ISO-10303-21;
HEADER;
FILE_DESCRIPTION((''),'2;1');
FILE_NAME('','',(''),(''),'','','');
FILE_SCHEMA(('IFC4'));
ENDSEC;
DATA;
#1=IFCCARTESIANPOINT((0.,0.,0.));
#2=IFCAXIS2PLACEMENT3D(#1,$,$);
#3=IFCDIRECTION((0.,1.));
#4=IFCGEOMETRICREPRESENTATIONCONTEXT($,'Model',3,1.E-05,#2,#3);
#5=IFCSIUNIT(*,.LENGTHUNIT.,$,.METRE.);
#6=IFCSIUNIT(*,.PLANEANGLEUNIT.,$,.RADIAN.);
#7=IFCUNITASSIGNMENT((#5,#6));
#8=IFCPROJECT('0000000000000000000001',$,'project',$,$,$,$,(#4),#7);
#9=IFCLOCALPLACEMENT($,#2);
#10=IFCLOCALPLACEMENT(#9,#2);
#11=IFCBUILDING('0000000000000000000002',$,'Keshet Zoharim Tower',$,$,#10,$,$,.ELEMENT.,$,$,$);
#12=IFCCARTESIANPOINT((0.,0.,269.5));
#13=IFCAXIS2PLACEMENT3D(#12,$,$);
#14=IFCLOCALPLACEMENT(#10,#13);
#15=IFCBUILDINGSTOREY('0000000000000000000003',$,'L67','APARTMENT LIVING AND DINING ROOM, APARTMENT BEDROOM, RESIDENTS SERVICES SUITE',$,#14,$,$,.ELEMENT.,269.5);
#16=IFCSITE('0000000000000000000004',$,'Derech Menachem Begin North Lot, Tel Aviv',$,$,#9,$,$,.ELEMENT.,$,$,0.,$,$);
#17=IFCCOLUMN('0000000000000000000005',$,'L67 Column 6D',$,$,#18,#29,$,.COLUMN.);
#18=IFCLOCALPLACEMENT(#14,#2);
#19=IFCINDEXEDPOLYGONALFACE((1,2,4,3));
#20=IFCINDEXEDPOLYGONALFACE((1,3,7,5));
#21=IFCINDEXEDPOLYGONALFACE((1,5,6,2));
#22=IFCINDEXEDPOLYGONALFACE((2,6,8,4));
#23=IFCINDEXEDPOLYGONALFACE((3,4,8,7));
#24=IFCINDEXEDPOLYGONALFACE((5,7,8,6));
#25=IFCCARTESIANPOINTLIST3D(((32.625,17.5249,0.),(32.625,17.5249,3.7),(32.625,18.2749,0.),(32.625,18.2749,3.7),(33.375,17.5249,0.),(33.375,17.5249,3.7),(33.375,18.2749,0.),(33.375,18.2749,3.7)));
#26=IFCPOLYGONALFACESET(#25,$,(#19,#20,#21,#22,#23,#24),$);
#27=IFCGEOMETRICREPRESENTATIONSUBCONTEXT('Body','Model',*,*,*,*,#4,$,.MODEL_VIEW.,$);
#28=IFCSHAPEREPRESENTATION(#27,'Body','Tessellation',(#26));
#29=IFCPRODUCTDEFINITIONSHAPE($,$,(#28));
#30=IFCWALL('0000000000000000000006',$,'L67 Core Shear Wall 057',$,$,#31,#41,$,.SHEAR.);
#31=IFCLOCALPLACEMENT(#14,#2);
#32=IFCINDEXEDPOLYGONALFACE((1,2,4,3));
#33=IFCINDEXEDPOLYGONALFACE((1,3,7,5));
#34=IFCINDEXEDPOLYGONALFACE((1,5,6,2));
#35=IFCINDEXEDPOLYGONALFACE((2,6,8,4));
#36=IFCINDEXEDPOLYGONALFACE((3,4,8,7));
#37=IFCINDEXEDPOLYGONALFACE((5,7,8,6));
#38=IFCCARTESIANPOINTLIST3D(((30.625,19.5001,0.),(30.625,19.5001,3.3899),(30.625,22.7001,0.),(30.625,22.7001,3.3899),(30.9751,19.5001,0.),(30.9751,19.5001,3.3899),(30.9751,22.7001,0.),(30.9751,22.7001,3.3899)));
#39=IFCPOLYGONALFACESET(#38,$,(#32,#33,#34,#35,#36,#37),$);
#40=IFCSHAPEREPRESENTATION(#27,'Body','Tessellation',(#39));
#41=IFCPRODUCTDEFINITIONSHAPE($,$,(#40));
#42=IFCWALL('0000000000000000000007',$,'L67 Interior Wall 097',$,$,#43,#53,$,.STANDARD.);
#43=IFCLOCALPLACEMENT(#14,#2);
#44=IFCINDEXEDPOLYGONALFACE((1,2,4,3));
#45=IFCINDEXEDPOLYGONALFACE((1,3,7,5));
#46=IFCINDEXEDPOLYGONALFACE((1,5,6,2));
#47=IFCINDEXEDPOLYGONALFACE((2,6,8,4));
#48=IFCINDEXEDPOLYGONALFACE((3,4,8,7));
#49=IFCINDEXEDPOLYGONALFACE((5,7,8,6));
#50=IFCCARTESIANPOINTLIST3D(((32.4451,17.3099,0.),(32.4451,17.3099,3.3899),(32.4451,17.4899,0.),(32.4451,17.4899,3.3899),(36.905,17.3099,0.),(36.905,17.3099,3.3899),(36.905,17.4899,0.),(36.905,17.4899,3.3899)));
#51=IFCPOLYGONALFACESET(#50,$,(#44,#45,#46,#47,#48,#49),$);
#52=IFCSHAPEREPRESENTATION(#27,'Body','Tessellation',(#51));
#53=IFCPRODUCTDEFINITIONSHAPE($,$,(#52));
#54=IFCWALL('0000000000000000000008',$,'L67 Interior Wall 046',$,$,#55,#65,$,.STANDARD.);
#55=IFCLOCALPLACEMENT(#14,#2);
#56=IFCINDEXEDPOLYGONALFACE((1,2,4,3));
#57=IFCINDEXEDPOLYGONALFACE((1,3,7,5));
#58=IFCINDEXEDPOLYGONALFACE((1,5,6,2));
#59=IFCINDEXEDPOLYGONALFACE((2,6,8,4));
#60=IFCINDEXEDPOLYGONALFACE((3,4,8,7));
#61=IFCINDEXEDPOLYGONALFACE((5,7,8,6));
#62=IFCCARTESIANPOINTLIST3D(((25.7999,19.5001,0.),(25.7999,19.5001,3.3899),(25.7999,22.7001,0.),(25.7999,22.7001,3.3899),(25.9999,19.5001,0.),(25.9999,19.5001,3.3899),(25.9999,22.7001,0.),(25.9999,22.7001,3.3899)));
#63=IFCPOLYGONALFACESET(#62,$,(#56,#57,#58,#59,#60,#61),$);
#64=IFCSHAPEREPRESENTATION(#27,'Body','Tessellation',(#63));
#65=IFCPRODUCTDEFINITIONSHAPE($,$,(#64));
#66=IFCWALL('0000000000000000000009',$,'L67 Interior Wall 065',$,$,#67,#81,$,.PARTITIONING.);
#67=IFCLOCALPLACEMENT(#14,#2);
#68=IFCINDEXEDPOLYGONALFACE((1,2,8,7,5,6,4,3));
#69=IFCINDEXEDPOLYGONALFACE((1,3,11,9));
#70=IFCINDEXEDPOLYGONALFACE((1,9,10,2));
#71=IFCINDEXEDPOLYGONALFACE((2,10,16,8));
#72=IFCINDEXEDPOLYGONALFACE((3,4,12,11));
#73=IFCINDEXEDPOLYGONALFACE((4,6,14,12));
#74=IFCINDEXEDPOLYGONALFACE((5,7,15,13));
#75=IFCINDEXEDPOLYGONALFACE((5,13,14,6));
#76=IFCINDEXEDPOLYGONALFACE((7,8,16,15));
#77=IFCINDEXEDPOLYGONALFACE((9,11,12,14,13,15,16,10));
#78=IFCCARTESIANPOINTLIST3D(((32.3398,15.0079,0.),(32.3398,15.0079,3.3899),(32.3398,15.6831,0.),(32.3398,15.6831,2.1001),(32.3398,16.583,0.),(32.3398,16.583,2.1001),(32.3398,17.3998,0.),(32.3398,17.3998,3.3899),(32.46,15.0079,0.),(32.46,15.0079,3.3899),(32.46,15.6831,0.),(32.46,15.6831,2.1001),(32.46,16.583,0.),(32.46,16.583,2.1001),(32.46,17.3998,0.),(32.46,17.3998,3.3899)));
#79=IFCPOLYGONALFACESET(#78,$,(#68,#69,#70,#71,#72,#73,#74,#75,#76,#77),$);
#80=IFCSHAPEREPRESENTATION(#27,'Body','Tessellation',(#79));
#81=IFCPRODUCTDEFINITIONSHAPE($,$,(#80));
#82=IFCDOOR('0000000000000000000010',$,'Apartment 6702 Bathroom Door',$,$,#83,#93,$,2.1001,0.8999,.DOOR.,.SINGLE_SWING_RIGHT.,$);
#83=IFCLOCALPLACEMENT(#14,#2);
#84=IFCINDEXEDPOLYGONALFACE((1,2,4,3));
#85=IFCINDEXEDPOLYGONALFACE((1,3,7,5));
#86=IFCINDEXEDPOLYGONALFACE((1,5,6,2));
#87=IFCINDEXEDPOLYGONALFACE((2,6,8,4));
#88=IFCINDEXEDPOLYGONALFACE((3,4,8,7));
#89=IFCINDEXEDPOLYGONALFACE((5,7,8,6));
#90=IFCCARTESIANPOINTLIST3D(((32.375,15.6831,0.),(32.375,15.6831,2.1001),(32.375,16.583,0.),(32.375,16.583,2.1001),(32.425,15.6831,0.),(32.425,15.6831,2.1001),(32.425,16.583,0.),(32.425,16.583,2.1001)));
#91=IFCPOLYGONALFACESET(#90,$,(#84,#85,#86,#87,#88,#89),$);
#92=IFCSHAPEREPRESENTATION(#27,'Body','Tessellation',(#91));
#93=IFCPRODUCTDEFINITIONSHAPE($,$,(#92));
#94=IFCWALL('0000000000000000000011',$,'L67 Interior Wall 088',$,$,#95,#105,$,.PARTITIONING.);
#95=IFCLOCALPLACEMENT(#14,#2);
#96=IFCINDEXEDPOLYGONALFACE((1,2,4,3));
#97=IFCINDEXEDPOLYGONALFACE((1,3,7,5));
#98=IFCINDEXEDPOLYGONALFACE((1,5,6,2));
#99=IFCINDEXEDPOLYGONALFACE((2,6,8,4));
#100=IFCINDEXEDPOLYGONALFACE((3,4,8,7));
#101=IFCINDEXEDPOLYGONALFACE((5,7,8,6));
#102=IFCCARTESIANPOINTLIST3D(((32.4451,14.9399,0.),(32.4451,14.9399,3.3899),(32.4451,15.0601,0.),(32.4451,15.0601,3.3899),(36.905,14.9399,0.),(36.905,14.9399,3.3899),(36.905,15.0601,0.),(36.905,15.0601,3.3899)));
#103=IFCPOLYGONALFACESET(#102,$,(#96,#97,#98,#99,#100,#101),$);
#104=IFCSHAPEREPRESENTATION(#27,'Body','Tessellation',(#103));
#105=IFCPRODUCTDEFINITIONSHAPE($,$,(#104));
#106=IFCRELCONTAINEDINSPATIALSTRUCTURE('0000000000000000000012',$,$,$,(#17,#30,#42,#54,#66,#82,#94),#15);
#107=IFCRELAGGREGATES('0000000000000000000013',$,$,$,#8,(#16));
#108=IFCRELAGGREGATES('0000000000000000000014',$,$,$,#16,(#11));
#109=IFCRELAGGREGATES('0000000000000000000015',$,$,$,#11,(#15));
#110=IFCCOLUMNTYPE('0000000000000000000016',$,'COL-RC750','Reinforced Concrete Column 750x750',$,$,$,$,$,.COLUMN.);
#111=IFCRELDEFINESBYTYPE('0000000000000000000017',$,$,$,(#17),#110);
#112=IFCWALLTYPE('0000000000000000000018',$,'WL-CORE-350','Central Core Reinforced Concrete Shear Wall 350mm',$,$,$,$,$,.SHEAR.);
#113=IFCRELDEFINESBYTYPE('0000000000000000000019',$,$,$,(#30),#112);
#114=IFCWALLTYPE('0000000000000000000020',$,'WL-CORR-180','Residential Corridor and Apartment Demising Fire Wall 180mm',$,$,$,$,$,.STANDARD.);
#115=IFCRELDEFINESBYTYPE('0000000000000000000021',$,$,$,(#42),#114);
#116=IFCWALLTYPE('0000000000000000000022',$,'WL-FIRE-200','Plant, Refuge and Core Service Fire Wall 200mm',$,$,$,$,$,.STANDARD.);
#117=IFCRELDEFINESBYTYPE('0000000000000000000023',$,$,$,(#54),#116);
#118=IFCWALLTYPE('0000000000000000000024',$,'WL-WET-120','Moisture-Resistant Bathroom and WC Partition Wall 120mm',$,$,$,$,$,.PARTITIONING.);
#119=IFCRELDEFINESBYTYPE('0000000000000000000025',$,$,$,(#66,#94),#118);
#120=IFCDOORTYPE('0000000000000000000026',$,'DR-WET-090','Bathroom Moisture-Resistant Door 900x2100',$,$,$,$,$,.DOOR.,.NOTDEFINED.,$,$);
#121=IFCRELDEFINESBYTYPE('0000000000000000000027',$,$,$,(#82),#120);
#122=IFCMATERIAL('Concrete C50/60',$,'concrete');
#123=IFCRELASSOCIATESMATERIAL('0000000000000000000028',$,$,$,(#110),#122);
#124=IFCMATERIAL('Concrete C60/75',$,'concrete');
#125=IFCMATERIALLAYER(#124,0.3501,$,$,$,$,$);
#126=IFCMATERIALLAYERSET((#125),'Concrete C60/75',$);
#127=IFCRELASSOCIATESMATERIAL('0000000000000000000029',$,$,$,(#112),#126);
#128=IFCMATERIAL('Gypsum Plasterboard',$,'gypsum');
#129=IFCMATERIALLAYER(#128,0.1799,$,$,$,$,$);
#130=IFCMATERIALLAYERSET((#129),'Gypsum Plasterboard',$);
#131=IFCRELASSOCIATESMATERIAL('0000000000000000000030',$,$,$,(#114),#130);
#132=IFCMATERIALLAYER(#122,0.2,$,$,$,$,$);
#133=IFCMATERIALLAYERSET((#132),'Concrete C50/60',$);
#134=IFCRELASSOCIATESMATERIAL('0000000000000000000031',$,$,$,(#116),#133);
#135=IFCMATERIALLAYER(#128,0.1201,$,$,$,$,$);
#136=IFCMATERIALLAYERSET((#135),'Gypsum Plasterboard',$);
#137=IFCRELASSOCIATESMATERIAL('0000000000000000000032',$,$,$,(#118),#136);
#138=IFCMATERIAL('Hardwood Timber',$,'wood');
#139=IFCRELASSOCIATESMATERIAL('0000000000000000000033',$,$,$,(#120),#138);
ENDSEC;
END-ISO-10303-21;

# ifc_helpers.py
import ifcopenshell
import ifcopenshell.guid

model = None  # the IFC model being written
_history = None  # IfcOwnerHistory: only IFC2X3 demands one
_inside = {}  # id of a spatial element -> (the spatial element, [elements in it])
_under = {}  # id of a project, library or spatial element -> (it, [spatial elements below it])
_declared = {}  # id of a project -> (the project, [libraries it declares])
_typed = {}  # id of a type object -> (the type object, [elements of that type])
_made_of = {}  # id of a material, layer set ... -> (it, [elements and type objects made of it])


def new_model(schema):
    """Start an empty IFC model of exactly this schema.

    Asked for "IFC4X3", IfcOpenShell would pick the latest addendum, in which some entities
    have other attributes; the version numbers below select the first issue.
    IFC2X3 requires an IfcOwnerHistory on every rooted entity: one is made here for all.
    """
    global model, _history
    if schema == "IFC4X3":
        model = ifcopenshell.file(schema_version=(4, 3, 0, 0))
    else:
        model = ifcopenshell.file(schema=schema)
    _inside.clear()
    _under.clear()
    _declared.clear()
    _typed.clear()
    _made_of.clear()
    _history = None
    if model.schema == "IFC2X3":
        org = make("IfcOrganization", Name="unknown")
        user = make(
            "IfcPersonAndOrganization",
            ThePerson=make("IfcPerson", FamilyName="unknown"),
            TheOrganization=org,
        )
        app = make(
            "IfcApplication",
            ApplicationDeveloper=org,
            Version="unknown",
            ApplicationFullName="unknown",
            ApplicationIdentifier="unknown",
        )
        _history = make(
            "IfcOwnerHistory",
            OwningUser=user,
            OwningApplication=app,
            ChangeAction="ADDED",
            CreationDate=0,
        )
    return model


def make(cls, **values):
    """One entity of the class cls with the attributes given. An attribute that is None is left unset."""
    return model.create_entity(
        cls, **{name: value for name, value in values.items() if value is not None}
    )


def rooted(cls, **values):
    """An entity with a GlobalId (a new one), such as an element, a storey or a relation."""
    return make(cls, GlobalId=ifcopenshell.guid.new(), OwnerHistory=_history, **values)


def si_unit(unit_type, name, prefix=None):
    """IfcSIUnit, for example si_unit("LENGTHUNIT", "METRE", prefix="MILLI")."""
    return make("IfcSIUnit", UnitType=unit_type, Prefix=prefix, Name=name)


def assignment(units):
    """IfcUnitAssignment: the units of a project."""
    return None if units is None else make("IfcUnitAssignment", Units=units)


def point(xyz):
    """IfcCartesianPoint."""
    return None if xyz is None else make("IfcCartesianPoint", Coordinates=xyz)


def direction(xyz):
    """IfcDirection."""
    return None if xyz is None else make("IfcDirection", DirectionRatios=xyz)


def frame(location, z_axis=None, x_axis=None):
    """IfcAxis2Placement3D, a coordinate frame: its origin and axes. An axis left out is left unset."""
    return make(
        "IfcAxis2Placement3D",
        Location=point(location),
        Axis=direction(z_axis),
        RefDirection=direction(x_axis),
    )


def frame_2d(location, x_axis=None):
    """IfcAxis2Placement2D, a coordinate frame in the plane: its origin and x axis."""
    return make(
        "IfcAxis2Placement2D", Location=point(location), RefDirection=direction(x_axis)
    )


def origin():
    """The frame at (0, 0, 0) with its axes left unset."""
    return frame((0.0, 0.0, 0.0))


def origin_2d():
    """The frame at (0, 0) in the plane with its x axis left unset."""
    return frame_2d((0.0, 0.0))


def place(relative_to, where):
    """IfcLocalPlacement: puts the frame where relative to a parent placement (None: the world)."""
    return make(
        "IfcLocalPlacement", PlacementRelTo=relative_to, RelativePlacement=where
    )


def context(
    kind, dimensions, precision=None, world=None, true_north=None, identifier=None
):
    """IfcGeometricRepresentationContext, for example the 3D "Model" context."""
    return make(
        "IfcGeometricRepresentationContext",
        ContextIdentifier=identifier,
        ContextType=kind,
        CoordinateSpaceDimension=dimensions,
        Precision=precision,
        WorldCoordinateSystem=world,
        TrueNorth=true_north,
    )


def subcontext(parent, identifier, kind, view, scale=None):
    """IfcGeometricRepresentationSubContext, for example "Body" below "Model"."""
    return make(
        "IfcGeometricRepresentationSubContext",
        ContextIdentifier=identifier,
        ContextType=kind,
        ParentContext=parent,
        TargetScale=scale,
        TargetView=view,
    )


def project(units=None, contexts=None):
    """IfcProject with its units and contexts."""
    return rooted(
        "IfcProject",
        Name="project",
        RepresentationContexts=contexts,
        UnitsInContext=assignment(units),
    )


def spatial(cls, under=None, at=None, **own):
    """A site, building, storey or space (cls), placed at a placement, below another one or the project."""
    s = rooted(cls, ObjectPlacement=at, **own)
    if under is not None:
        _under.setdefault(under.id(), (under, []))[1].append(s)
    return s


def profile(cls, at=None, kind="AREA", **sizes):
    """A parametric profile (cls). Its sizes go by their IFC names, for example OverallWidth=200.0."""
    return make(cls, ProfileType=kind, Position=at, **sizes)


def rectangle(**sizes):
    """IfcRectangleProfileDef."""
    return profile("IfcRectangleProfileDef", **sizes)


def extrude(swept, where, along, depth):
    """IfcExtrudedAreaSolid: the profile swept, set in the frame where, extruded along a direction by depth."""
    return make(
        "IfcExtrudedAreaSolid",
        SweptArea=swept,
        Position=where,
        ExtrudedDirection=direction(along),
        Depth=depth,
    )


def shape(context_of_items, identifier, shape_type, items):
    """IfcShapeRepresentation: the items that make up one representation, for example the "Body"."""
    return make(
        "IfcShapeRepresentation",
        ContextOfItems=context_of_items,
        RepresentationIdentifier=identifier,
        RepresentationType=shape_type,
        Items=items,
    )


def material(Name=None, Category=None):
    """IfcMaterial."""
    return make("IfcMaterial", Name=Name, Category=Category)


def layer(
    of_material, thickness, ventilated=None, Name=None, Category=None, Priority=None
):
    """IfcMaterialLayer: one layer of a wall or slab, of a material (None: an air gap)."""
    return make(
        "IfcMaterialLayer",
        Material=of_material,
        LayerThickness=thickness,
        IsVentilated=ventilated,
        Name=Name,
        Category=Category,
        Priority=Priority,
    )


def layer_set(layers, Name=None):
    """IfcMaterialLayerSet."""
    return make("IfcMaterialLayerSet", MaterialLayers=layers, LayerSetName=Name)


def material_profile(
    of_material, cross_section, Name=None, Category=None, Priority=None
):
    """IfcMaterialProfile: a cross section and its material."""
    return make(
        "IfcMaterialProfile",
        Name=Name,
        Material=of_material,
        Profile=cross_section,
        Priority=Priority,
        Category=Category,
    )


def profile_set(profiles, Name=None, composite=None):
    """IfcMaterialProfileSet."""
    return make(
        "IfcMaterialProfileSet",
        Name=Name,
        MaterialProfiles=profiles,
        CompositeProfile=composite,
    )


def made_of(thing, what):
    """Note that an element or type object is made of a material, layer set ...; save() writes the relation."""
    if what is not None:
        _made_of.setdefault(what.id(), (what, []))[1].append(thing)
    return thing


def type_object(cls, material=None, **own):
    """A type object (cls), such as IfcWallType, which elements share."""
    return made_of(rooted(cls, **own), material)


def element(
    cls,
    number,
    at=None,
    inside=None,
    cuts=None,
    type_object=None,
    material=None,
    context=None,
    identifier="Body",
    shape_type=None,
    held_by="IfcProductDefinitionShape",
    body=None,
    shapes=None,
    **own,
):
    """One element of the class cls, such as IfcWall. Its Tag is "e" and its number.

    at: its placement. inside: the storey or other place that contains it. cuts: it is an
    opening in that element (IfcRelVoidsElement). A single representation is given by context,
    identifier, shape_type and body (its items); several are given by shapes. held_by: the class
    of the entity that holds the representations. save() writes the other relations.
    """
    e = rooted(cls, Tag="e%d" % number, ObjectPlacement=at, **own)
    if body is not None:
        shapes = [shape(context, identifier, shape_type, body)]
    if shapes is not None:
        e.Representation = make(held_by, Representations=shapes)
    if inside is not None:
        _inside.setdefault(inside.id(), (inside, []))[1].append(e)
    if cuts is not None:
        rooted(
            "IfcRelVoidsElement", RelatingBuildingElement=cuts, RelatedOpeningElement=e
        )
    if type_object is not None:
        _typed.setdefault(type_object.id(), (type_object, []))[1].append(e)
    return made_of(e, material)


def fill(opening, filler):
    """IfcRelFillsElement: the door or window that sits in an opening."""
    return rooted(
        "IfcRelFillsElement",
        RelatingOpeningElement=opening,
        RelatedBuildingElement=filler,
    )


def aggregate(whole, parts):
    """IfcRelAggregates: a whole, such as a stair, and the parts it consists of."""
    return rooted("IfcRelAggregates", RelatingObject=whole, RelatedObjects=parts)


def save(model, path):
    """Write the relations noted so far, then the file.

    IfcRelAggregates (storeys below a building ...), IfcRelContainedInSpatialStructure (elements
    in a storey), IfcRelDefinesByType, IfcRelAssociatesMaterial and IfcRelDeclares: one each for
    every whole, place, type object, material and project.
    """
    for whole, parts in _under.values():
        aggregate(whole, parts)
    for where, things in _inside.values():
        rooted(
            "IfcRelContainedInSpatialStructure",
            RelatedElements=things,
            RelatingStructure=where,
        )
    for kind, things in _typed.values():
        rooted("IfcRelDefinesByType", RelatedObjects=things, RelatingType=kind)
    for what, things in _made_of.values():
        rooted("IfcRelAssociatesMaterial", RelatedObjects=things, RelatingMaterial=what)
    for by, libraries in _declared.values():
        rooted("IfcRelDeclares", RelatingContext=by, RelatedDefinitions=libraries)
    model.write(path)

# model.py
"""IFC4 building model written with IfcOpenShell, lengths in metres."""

from ifc_helpers import new_model, si_unit, direction, frame, frame_2d, origin, origin_2d, place, context, subcontext, project, spatial, rectangle, extrude, material, layer, layer_set, material_profile, profile_set, type_object, element, fill, save


model = new_model("IFC4")

# Units and contexts
model_context = context("Model", 3, precision=1e-05, world=origin(), true_north=direction((0.0, 1.0)))
body_context = subcontext(model_context, "Body", "Model", "MODEL_VIEW")
ifc_project = project(units=[si_unit("LENGTHUNIT", "METRE"), si_unit("PLANEANGLEUNIT", "RADIAN")], contexts=[model_context])

# Site, building, storey
site_placement = place(None, origin())
site = spatial("IfcSite", under=ifc_project, at=site_placement, Name="Derech Menachem Begin North Lot, Tel Aviv", CompositionType="ELEMENT", RefElevation=0.0)
building_placement = place(site_placement, origin())
building = spatial("IfcBuilding", under=site, at=building_placement, Name="Keshet Zoharim Tower", CompositionType="ELEMENT")
storey_placement = place(building_placement, frame((0.0, 0.0, 269.5)))
storey = spatial("IfcBuildingStorey", under=building, at=storey_placement, Name="L67", Description="APARTMENT LIVING AND DINING ROOM, APARTMENT BEDROOM, RESIDENTS SERVICES SUITE", CompositionType="ELEMENT", Elevation=269.5)

# Column
ifc_material_1 = material(Name="Concrete C50/60", Category="concrete")
ifc_material_profile = material_profile(ifc_material_1, rectangle(XDim=0.75, YDim=0.75, at=origin_2d()), Name="RC750x750")
ifc_profile_set = profile_set([ifc_material_profile], Name="Concrete C50/60")
column_type = type_object("IfcColumnType", Name="COL-RC750", Description="Reinforced Concrete Column 750x750", PredefinedType="COLUMN", material=ifc_profile_set)
column_placement = place(storey_placement, frame((33.0, 17.8999, 0.0), z_axis=(0.0, 0.0, 1.0), x_axis=(1.0, 0.0, 0.0)))
element("IfcColumn", 1, at=column_placement, inside=storey, type_object=column_type, Name="L67 Column 6D", PredefinedType="COLUMN", context=body_context, shape_type="SweptSolid", body=[
    extrude(rectangle(XDim=0.75, YDim=0.75, at=origin_2d()), origin(), (0.0, 0.0, 1.0), 3.7),
])

# Shared definitions
ifc_material_2 = material(Name="Gypsum Plasterboard", Category="gypsum")
ifc_material_3 = material(Name="Hardwood Timber", Category="wood")
ifc_material_4 = material(Name="Concrete C60/75", Category="concrete")
ifc_layer_1 = layer(ifc_material_4, 0.3501)
ifc_layer_set_1 = layer_set([ifc_layer_1], Name="Concrete C60/75")
wall_type_1 = type_object("IfcWallType", Name="WL-CORE-350", Description="Central Core Reinforced Concrete Shear Wall 350mm", PredefinedType="SHEAR", material=ifc_layer_set_1)

# Wall
wall_1_placement = place(storey_placement, frame((30.8, 19.5, 0.0), z_axis=(0.0, 0.0, 1.0), x_axis=(0.0, 1.0, 0.0)))
element("IfcWall", 2, at=wall_1_placement, inside=storey, type_object=wall_type_1, Name="L67 Core Shear Wall 057", PredefinedType="SHEAR", context=body_context, shape_type="SweptSolid", body=[
    extrude(rectangle(XDim=3.2, YDim=0.3501, at=frame_2d((1.6001, 0.0))), origin(), (0.0, 0.0, 1.0), 3.3899),
])

# Shared definitions
ifc_layer_2 = layer(ifc_material_2, 0.1799)
ifc_layer_set_2 = layer_set([ifc_layer_2], Name="Gypsum Plasterboard")
wall_type_2 = type_object("IfcWallType", Name="WL-CORR-180", Description="Residential Corridor and Apartment Demising Fire Wall 180mm", PredefinedType="STANDARD", material=ifc_layer_set_2)

# Walls
wall_2_placement = place(storey_placement, frame((32.4451, 17.3999, 0.0), z_axis=(0.0, 0.0, 1.0), x_axis=(1.0, 0.0, 0.0)))
element("IfcWall", 3, at=wall_2_placement, inside=storey, type_object=wall_type_2, Name="L67 Interior Wall 097", PredefinedType="STANDARD", context=body_context, shape_type="SweptSolid", body=[
    extrude(rectangle(XDim=4.46, YDim=0.1799, at=frame_2d((2.23, 0.0))), origin(), (0.0, 0.0, 1.0), 3.3899),
])
ifc_layer_3 = layer(ifc_material_1, 0.2)
ifc_layer_set_3 = layer_set([ifc_layer_3], Name="Concrete C50/60")
wall_type_3 = type_object("IfcWallType", Name="WL-FIRE-200", Description="Plant, Refuge and Core Service Fire Wall 200mm", PredefinedType="STANDARD", material=ifc_layer_set_3)
wall_3_placement = place(storey_placement, frame((25.8999, 19.5, 0.0), z_axis=(0.0, 0.0, 1.0), x_axis=(0.0, 1.0, 0.0)))
element("IfcWall", 4, at=wall_3_placement, inside=storey, type_object=wall_type_3, Name="L67 Interior Wall 046", PredefinedType="STANDARD", context=body_context, shape_type="SweptSolid", body=[
    extrude(rectangle(XDim=3.2, YDim=0.2, at=frame_2d((1.6001, 0.0))), origin(), (0.0, 0.0, 1.0), 3.3899),
])

# Wall, opening, door
ifc_layer_4 = layer(ifc_material_2, 0.1201)
ifc_layer_set_4 = layer_set([ifc_layer_4], Name="Gypsum Plasterboard")
wall_type_4 = type_object("IfcWallType", Name="WL-WET-120", Description="Moisture-Resistant Bathroom and WC Partition Wall 120mm", PredefinedType="PARTITIONING", material=ifc_layer_set_4)
wall_4_placement = place(storey_placement, frame((32.3999, 15.0081, 0.0), z_axis=(0.0, 0.0, 1.0), x_axis=(0.0, 1.0, 0.0)))
wall_4 = element("IfcWall", 5, at=wall_4_placement, inside=storey, type_object=wall_type_4, Name="L67 Interior Wall 065", PredefinedType="PARTITIONING", context=body_context, shape_type="SweptSolid", body=[
    extrude(rectangle(XDim=2.3918, YDim=0.1201, at=frame_2d((1.1958, 0.0))), origin(), (0.0, 0.0, 1.0), 3.3899),
])
opening_1_placement = place(wall_4_placement, frame((0.675, 0.0, 0.0)))
opening_1 = element("IfcOpeningElement", 6, at=opening_1_placement, cuts=wall_4, PredefinedType="OPENING", context=body_context, shape_type="SweptSolid", body=[
    extrude(rectangle(XDim=0.8999, YDim=2.1001, at=frame_2d((0.45, 1.05))), frame((0.0, 0.0701, 0.0), z_axis=(0.0, -1.0, 0.0), x_axis=(1.0, 0.0, 0.0)), (0.0, 0.0, 1.0), 0.1401),
])
door_type_1 = type_object("IfcDoorType", Name="DR-WET-090", Description="Bathroom Moisture-Resistant Door 900x2100", OperationType="NOTDEFINED", PredefinedType="DOOR", material=ifc_material_3)
door_1_placement = place(opening_1_placement, origin())
door_1 = element("IfcDoor", 7, at=door_1_placement, inside=storey, type_object=door_type_1, Name="Apartment 6702 Bathroom Door", OperationType="SINGLE_SWING_RIGHT", OverallHeight=2.1001, OverallWidth=0.8999, PredefinedType="DOOR", context=body_context, shape_type="SweptSolid", body=[
    extrude(rectangle(XDim=0.8999, YDim=2.1001, at=frame_2d((0.45, 1.05))), frame((0.0, 0.0249, 0.0), z_axis=(0.0, -1.0, 0.0), x_axis=(1.0, 0.0, 0.0)), (0.0, 0.0, 1.0), 0.05),
])
fill(opening_1, door_1)

# Wall
wall_5_placement = place(storey_placement, frame((32.4451, 15.0, 0.0), z_axis=(0.0, 0.0, 1.0), x_axis=(1.0, 0.0, 0.0)))
element("IfcWall", 8, at=wall_5_placement, inside=storey, type_object=wall_type_4, Name="L67 Interior Wall 088", PredefinedType="PARTITIONING", context=body_context, shape_type="SweptSolid", body=[
    extrude(rectangle(XDim=4.46, YDim=0.1201, at=frame_2d((2.23, 0.0))), origin(), (0.0, 0.0, 1.0), 3.3899),
])

save(model, "model.ifc")
